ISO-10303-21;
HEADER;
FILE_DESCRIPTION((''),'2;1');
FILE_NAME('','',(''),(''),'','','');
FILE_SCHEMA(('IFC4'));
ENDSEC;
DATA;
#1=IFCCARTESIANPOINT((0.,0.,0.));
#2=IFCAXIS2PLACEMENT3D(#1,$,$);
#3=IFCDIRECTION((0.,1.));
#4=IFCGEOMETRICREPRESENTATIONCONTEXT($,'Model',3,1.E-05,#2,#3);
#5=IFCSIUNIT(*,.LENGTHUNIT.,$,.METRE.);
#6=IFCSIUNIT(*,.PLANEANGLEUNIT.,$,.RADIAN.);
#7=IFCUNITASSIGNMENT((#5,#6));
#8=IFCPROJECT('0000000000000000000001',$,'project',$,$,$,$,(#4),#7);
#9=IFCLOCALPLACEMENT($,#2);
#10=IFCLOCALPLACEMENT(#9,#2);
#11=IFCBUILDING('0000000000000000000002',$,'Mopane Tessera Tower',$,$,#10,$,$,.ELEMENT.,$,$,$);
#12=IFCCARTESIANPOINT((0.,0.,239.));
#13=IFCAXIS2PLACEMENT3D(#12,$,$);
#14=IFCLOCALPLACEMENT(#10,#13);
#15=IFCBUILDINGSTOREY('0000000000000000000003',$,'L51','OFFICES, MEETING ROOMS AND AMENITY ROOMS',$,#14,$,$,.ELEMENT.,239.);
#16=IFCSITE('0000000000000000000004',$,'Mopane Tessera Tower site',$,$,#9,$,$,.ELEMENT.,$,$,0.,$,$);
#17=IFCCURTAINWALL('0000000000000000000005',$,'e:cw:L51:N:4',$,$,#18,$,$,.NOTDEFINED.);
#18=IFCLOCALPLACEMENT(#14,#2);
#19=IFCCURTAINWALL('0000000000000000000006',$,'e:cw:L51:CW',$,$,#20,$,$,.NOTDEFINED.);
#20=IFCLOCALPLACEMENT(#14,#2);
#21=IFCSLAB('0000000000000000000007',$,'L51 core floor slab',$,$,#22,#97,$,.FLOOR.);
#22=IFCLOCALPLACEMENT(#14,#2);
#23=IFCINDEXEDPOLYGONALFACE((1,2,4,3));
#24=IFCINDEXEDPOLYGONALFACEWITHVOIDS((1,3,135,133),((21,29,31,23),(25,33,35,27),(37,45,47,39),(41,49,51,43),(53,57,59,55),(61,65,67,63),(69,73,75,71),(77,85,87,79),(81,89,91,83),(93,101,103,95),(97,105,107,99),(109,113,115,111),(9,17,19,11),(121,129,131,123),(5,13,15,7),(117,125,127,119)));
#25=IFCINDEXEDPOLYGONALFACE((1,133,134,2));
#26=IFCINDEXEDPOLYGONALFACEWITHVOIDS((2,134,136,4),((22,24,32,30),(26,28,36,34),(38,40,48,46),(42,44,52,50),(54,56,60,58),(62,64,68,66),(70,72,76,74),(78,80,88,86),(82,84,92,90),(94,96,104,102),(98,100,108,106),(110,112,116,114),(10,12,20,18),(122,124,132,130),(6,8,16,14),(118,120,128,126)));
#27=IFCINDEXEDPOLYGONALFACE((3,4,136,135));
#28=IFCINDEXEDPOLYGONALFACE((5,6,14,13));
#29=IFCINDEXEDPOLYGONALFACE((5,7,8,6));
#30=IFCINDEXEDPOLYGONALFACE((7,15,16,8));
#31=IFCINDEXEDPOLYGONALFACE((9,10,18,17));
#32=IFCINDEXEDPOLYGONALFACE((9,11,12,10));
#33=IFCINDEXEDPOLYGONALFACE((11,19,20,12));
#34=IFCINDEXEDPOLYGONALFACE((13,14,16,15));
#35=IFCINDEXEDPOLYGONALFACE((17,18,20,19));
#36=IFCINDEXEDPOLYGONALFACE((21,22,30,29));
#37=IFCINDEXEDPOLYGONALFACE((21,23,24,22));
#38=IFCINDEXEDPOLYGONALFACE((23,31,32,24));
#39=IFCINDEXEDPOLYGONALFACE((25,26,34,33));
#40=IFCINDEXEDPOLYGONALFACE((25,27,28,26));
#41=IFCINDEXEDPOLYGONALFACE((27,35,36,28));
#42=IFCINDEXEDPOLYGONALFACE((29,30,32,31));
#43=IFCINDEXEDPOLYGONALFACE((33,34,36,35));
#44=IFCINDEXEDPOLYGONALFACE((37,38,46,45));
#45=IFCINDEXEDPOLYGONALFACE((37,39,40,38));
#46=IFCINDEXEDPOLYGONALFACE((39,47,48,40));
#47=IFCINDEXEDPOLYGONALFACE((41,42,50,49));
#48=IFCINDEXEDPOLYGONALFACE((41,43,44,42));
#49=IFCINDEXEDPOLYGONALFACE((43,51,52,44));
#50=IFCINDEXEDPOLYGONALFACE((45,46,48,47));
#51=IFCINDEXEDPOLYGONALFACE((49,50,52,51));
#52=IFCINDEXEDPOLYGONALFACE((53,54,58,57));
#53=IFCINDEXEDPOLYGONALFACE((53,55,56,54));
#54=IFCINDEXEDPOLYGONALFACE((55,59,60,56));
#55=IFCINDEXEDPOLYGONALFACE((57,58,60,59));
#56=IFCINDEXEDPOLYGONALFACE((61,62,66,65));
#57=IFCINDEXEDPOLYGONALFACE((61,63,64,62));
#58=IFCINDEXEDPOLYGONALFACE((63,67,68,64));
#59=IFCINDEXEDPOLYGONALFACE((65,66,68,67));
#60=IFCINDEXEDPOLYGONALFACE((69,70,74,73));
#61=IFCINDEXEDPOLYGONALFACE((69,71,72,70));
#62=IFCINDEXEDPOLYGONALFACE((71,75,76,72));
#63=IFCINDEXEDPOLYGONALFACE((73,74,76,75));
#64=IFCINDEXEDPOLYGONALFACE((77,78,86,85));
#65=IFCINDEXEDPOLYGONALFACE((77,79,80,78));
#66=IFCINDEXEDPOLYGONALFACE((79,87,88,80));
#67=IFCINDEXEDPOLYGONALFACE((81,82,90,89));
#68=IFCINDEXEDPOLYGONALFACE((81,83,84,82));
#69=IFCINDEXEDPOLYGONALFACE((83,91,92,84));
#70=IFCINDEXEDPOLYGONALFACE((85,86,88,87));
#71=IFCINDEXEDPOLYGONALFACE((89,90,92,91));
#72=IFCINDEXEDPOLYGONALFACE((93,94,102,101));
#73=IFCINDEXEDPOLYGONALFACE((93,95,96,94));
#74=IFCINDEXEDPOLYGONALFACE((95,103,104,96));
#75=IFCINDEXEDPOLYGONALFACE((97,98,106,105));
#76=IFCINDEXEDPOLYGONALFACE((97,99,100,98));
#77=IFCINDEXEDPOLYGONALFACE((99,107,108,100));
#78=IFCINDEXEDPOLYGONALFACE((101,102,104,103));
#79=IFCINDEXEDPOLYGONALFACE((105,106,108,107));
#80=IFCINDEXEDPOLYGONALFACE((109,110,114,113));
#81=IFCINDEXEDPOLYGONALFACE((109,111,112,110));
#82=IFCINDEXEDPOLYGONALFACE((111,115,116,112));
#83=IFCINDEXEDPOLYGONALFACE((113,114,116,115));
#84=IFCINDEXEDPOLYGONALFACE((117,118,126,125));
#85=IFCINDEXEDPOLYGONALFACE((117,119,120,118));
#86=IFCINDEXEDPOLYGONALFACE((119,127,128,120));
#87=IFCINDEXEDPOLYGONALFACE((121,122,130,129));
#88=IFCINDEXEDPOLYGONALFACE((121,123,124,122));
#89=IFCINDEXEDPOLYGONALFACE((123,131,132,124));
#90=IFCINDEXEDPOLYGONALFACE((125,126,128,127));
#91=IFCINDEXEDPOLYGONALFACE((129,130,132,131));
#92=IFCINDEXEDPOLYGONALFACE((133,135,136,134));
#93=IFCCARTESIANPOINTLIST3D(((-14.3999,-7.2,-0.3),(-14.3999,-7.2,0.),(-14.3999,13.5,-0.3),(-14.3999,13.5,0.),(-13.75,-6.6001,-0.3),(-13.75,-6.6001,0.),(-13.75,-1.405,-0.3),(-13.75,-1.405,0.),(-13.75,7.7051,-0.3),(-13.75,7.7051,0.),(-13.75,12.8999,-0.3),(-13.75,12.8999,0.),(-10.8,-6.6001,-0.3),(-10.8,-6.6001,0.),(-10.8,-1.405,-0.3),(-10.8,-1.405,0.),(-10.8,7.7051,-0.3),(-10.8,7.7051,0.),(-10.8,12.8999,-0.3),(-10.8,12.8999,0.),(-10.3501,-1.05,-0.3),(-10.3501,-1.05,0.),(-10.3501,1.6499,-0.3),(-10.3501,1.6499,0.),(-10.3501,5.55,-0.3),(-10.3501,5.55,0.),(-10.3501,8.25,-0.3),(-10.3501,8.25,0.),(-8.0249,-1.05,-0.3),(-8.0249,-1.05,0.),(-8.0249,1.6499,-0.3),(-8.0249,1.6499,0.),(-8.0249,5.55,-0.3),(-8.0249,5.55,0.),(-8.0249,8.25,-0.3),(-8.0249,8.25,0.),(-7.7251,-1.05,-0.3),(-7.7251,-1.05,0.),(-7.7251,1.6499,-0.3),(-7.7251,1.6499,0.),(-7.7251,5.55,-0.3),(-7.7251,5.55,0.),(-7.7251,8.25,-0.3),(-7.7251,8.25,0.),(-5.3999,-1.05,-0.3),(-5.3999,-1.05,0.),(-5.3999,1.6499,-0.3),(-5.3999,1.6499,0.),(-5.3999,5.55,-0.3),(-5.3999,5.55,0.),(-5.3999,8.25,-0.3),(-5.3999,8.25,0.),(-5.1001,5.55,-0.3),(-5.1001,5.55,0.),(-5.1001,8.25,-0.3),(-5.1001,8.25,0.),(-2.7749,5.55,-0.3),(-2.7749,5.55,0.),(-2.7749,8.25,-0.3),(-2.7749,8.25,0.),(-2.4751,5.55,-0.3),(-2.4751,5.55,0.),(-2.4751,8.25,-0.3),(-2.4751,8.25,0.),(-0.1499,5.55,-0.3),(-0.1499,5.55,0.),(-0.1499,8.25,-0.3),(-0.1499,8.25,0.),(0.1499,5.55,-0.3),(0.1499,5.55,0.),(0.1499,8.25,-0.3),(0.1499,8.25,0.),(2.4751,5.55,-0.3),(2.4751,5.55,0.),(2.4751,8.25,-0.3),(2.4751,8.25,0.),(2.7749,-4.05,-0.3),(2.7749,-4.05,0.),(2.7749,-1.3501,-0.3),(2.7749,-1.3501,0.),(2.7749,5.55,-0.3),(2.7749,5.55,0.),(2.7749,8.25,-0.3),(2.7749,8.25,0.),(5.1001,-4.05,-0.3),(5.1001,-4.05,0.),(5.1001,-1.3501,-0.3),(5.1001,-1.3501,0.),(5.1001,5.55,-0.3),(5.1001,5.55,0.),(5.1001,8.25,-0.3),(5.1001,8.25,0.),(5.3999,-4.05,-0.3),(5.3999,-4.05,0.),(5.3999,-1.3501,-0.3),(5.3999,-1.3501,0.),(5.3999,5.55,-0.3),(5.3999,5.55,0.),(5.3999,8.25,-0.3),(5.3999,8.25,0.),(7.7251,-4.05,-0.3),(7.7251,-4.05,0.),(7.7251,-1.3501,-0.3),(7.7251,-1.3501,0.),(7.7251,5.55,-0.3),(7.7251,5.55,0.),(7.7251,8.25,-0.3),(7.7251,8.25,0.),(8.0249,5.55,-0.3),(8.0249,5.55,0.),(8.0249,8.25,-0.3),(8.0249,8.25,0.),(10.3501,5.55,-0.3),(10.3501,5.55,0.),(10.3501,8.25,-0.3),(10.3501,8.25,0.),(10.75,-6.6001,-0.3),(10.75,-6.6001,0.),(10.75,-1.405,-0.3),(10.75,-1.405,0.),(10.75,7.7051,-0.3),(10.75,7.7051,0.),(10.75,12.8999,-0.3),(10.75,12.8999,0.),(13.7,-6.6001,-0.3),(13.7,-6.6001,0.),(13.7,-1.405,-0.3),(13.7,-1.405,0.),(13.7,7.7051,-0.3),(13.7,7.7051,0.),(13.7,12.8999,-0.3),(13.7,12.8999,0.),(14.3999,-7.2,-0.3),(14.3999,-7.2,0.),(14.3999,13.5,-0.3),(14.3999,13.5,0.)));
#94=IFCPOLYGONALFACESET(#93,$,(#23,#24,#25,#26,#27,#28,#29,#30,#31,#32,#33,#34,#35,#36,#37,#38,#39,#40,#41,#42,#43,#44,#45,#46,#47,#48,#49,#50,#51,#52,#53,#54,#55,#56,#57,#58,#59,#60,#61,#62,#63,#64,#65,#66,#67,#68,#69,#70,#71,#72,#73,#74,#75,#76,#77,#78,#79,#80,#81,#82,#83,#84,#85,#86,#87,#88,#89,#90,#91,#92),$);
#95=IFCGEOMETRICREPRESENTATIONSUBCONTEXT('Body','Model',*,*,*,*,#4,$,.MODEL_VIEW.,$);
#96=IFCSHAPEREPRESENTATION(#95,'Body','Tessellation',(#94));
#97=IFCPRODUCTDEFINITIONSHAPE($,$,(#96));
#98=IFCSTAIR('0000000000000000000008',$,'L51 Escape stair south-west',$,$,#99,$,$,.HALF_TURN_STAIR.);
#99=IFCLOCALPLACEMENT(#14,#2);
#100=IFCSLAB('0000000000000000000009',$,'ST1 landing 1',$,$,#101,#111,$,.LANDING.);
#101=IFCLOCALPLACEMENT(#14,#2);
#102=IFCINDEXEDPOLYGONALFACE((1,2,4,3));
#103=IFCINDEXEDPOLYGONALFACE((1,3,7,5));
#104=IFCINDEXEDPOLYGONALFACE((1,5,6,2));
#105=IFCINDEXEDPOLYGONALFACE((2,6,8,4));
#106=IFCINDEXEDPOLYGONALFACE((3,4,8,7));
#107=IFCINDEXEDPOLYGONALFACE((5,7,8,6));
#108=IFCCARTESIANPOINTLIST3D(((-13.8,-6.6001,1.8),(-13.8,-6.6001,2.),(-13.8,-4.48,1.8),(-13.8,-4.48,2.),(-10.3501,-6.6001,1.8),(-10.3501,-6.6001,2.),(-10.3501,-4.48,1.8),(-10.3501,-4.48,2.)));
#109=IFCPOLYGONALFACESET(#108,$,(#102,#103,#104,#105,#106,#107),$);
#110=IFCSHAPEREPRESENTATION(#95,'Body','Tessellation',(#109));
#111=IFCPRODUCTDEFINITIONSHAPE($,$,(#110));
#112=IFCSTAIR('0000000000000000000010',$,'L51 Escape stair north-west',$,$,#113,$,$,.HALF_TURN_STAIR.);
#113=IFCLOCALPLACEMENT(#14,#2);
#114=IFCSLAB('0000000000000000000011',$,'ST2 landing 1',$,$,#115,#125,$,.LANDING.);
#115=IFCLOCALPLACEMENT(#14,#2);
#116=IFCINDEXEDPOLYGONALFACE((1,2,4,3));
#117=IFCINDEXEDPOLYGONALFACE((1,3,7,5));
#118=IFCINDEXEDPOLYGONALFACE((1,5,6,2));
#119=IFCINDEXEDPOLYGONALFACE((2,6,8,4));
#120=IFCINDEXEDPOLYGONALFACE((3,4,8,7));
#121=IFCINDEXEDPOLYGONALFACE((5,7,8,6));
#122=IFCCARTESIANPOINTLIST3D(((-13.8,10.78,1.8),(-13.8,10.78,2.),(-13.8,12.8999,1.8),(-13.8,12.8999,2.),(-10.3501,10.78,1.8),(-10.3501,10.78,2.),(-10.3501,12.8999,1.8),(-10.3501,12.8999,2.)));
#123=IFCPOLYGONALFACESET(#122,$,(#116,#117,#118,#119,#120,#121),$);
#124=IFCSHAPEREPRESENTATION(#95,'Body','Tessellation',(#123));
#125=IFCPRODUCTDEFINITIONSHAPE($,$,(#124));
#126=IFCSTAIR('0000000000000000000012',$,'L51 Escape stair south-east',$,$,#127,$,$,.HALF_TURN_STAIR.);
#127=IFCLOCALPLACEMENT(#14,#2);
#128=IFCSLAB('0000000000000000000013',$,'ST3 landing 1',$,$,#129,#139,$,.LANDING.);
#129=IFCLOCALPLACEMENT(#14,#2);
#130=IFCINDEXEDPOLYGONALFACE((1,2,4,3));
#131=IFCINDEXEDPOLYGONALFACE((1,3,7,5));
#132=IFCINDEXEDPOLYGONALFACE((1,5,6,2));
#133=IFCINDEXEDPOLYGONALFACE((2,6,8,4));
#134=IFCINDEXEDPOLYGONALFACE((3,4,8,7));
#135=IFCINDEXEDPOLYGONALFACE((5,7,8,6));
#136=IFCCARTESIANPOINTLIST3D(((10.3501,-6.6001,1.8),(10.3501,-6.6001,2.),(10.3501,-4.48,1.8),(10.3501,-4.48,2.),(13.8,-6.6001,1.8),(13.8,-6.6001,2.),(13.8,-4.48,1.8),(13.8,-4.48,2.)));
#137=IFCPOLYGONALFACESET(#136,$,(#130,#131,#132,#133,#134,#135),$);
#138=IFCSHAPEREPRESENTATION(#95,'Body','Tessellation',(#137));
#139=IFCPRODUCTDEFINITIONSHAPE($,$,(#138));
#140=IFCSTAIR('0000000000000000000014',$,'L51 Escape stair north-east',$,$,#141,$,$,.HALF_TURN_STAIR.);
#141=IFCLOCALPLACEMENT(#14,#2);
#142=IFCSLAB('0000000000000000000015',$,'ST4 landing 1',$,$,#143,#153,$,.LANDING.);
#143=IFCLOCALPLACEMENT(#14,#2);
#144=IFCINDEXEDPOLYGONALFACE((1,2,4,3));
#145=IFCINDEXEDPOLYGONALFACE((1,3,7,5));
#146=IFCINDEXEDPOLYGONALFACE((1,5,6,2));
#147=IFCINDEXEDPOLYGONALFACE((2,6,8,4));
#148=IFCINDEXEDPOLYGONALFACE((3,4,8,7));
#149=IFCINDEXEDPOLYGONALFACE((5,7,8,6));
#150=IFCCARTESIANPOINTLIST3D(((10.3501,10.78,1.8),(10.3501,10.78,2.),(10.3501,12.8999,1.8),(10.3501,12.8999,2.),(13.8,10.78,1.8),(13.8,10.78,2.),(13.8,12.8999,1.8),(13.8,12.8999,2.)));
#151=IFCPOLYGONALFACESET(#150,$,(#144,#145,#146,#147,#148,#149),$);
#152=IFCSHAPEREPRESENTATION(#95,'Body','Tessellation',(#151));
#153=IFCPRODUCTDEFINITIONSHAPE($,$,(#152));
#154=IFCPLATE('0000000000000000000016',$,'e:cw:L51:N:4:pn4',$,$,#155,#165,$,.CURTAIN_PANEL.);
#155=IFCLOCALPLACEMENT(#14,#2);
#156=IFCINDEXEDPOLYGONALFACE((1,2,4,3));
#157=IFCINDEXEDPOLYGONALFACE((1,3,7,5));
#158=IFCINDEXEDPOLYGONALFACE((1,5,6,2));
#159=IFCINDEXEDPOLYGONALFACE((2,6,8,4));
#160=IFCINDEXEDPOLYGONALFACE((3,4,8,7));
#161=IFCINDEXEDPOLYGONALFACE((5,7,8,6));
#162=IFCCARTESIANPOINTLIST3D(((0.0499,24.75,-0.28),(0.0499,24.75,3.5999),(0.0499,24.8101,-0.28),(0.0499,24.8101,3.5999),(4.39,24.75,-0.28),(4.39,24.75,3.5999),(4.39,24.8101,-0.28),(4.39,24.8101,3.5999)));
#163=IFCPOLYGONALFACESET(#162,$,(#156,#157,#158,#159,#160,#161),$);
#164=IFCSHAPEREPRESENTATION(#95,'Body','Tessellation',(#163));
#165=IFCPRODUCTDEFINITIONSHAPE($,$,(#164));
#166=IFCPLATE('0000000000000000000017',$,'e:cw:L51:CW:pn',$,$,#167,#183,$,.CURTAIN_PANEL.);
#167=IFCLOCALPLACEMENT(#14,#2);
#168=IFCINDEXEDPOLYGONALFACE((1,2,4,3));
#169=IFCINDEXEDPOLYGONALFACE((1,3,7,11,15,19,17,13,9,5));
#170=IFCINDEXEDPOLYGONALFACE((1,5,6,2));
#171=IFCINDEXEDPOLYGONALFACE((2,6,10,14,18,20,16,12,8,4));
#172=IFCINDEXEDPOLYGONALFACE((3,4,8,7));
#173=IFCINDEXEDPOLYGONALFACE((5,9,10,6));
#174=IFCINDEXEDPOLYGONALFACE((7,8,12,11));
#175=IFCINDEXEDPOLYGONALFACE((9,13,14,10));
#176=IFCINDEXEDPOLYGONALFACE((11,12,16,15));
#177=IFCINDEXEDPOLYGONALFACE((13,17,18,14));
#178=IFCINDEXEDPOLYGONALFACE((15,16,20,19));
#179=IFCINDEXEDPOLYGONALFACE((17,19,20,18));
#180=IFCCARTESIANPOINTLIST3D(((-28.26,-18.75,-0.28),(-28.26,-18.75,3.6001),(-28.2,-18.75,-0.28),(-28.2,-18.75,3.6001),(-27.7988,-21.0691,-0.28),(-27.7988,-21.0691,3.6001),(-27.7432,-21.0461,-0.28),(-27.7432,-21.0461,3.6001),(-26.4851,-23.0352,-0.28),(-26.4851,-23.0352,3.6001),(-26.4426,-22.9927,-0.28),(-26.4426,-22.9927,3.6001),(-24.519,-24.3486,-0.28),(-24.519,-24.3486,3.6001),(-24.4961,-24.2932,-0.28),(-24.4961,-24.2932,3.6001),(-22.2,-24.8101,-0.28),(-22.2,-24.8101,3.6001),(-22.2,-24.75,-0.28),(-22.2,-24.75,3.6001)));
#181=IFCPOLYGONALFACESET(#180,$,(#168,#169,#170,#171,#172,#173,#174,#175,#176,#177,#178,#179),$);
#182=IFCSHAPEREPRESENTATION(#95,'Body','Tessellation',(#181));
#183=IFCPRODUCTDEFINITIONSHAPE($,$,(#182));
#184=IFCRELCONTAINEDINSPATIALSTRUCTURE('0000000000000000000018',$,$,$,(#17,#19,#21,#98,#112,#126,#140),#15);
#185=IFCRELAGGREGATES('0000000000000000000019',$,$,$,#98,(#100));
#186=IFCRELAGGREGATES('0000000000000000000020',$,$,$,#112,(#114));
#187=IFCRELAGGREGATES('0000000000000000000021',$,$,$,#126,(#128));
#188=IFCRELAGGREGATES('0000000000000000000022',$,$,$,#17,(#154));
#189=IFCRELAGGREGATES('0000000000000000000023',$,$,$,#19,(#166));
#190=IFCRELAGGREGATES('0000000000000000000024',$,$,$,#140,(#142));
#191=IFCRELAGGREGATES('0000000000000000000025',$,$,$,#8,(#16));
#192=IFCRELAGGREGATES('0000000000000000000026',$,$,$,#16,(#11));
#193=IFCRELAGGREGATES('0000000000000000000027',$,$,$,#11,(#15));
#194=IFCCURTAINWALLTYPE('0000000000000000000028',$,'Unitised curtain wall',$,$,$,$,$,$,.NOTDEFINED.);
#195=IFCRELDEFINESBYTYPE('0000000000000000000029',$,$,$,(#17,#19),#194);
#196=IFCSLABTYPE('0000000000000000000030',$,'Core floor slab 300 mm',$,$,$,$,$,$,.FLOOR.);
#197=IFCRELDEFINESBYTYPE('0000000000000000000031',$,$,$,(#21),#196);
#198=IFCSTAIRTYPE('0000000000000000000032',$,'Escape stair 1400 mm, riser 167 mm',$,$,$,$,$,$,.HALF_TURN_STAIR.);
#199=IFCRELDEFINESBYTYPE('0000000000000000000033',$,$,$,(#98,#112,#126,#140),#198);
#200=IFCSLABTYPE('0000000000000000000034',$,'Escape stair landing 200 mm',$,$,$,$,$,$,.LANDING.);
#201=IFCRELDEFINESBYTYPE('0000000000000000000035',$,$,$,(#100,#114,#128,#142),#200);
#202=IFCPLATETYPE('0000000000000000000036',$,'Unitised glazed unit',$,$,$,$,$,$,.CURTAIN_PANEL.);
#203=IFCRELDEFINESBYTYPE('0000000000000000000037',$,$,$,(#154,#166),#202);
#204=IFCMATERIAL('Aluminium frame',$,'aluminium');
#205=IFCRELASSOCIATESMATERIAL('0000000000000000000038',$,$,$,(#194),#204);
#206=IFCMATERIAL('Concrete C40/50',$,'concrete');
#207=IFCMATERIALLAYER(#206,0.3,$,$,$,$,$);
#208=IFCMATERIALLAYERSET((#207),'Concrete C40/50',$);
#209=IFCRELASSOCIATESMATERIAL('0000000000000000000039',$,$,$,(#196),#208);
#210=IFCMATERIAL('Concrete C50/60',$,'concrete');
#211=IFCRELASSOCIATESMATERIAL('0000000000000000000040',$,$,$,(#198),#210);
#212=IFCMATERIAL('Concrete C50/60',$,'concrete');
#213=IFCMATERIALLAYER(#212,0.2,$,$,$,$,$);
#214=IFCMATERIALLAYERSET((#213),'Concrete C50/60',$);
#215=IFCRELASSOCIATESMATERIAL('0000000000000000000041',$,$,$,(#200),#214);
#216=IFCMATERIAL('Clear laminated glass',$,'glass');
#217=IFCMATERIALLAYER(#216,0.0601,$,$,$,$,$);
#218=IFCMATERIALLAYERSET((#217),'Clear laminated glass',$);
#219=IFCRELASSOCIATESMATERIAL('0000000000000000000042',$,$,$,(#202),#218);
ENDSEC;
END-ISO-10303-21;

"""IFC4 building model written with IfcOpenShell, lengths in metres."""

from ifc_helpers import new_model, si_unit, direction, frame, origin, origin_2d, place, context, subcontext, project, spatial, polyline, rectangle, outline, extrude, material, layer, layer_set, type_object, element, aggregate, save


model = new_model("IFC4")

# Units and contexts
model_context = context("Model", 3, precision=1e-05, world=origin(), true_north=direction((0.0, 1.0)))
body_context = subcontext(model_context, "Body", "Model", "MODEL_VIEW")
ifc_project = project(units=[si_unit("LENGTHUNIT", "METRE"), si_unit("PLANEANGLEUNIT", "RADIAN")], contexts=[model_context])

# Site, building, storey
site_placement = place(None, origin())
site = spatial("IfcSite", under=ifc_project, at=site_placement, Name="Mopane Tessera Tower site", CompositionType="ELEMENT", RefElevation=0.0)
building_placement = place(site_placement, origin())
building = spatial("IfcBuilding", under=site, at=building_placement, Name="Mopane Tessera Tower", CompositionType="ELEMENT")
storey_placement = place(building_placement, frame((0.0, 0.0, 239.0)))
storey = spatial("IfcBuildingStorey", under=building, at=storey_placement, Name="L51", Description="OFFICES, MEETING ROOMS AND AMENITY ROOMS", CompositionType="ELEMENT", Elevation=239.0)

# Curtain wall
ifc_material_1 = material(Name="Aluminium frame", Category="aluminium")
curtain_wall_type = type_object("IfcCurtainWallType", Name="Unitised curtain wall", PredefinedType="NOTDEFINED", material=ifc_material_1)
curtain_wall_1_placement = place(storey_placement, origin())
curtain_wall_1 = element("IfcCurtainWall", 1, at=curtain_wall_1_placement, inside=storey, type_object=curtain_wall_type, Name="e:cw:L51:N:4", PredefinedType="NOTDEFINED")

# Curtain wall
curtain_wall_2_placement = place(storey_placement, origin())
curtain_wall_2 = element("IfcCurtainWall", 2, at=curtain_wall_2_placement, inside=storey, type_object=curtain_wall_type, Name="e:cw:L51:CW", PredefinedType="NOTDEFINED")

# Slab
ifc_material_2 = material(Name="Concrete C40/50", Category="concrete")
ifc_layer_1 = layer(ifc_material_2, 0.3)
ifc_layer_set_1 = layer_set([ifc_layer_1], Name="Concrete C40/50")
slab_type_1 = type_object("IfcSlabType", Name="Core floor slab 300 mm", PredefinedType="FLOOR", material=ifc_layer_set_1)
slab_1_placement = place(storey_placement, frame((0.0, 0.0, -0.3)))
element("IfcSlab", 3, at=slab_1_placement, inside=storey, type_object=slab_type_1, Name="L51 core floor slab", PredefinedType="FLOOR", context=body_context, shape_type="SweptSolid", body=[
    extrude(outline(polyline([(-14.3999, -7.2), (14.3999, -7.2), (14.3999, 13.5), (-14.3999, 13.5), (-14.3999, -7.2)]), holes=[polyline([(-10.3501, -1.05), (-8.0249, -1.05), (-8.0249, 1.6499), (-10.3501, 1.6499), (-10.3501, -1.05)]), polyline([(-7.7251, -1.05), (-5.3999, -1.05), (-5.3999, 1.6499), (-7.7251, 1.6499), (-7.7251, -1.05)]), polyline([(-10.3501, 5.55), (-8.0249, 5.55), (-8.0249, 8.25), (-10.3501, 8.25), (-10.3501, 5.55)]), polyline([(-7.7251, 5.55), (-5.3999, 5.55), (-5.3999, 8.25), (-7.7251, 8.25), (-7.7251, 5.55)]), polyline([(-5.1001, 5.55), (-2.7749, 5.55), (-2.7749, 8.25), (-5.1001, 8.25), (-5.1001, 5.55)]), polyline([(-2.4751, 5.55), (-0.1499, 5.55), (-0.1499, 8.25), (-2.4751, 8.25), (-2.4751, 5.55)]), polyline([(0.1499, 5.55), (2.4751, 5.55), (2.4751, 8.25), (0.1499, 8.25), (0.1499, 5.55)]), polyline([(2.7749, 5.55), (5.1001, 5.55), (5.1001, 8.25), (2.7749, 8.25), (2.7749, 5.55)]), polyline([(5.3999, 5.55), (7.7251, 5.55), (7.7251, 8.25), (5.3999, 8.25), (5.3999, 5.55)]), polyline([(8.0249, 5.55), (10.3501, 5.55), (10.3501, 8.25), (8.0249, 8.25), (8.0249, 5.55)]), polyline([(2.7749, -4.05), (5.1001, -4.05), (5.1001, -1.3501), (2.7749, -1.3501), (2.7749, -4.05)]), polyline([(5.3999, -4.05), (7.7251, -4.05), (7.7251, -1.3501), (5.3999, -1.3501), (5.3999, -4.05)]), polyline([(-13.75, -1.405), (-13.75, -6.6001), (-10.8, -6.6001), (-10.8, -1.405), (-13.75, -1.405)]), polyline([(-10.8, 7.7051), (-10.8, 12.8999), (-13.75, 12.8999), (-13.75, 7.7051), (-10.8, 7.7051)]), polyline([(10.75, -1.405), (10.75, -6.6001), (13.7, -6.6001), (13.7, -1.405), (10.75, -1.405)]), polyline([(13.7, 7.7051), (13.7, 12.8999), (10.75, 12.8999), (10.75, 7.7051), (13.7, 7.7051)])]), origin(), (0.0, 0.0, 1.0), 0.3),
])

# Stairs, slabs
ifc_material_3 = material(Name="Concrete C50/60", Category="concrete")
stair_type = type_object("IfcStairType", Name="Escape stair 1400 mm, riser 167 mm", PredefinedType="HALF_TURN_STAIR", material=ifc_material_3)
stair_1_placement = place(storey_placement, origin())
stair_1 = element("IfcStair", 4, at=stair_1_placement, inside=storey, type_object=stair_type, Name="L51 Escape stair south-west", PredefinedType="HALF_TURN_STAIR")
ifc_material_4 = material(Name="Concrete C50/60", Category="concrete")
ifc_layer_2 = layer(ifc_material_4, 0.2)
ifc_layer_set_2 = layer_set([ifc_layer_2], Name="Concrete C50/60")
slab_type_2 = type_object("IfcSlabType", Name="Escape stair landing 200 mm", PredefinedType="LANDING", material=ifc_layer_set_2)
slab_2_placement = place(storey_placement, frame((0.0, 0.0, 1.8)))
slab_2 = element("IfcSlab", 5, at=slab_2_placement, type_object=slab_type_2, Name="ST1 landing 1", PredefinedType="LANDING", context=body_context, shape_type="SweptSolid", body=[
    extrude(outline(polyline([(-13.8, -4.48), (-13.8, -6.6001), (-10.3501, -6.6001), (-10.3501, -4.48), (-13.8, -4.48)])), origin(), (0.0, 0.0, 1.0), 0.2),
])
aggregate(stair_1, [slab_2])
stair_2_placement = place(storey_placement, origin())
stair_2 = element("IfcStair", 6, at=stair_2_placement, inside=storey, type_object=stair_type, Name="L51 Escape stair north-west", PredefinedType="HALF_TURN_STAIR")
slab_3_placement = place(storey_placement, frame((0.0, 0.0, 1.8)))
slab_3 = element("IfcSlab", 7, at=slab_3_placement, type_object=slab_type_2, Name="ST2 landing 1", PredefinedType="LANDING", context=body_context, shape_type="SweptSolid", body=[
    extrude(outline(polyline([(-10.3501, 10.78), (-10.3501, 12.8999), (-13.8, 12.8999), (-13.8, 10.78), (-10.3501, 10.78)])), origin(), (0.0, 0.0, 1.0), 0.2),
])
aggregate(stair_2, [slab_3])
stair_3_placement = place(storey_placement, origin())
stair_3 = element("IfcStair", 8, at=stair_3_placement, inside=storey, type_object=stair_type, Name="L51 Escape stair south-east", PredefinedType="HALF_TURN_STAIR")
slab_4_placement = place(storey_placement, frame((0.0, 0.0, 1.8)))
slab_4 = element("IfcSlab", 9, at=slab_4_placement, type_object=slab_type_2, Name="ST3 landing 1", PredefinedType="LANDING", context=body_context, shape_type="SweptSolid", body=[
    extrude(outline(polyline([(10.3501, -4.48), (10.3501, -6.6001), (13.8, -6.6001), (13.8, -4.48), (10.3501, -4.48)])), origin(), (0.0, 0.0, 1.0), 0.2),
])
aggregate(stair_3, [slab_4])
stair_4_placement = place(storey_placement, origin())
stair_4 = element("IfcStair", 10, at=stair_4_placement, inside=storey, type_object=stair_type, Name="L51 Escape stair north-east", PredefinedType="HALF_TURN_STAIR")
slab_5_placement = place(storey_placement, frame((0.0, 0.0, 1.8)))
slab_5 = element("IfcSlab", 11, at=slab_5_placement, type_object=slab_type_2, Name="ST4 landing 1", PredefinedType="LANDING", context=body_context, shape_type="SweptSolid", body=[
    extrude(outline(polyline([(13.8, 10.78), (13.8, 12.8999), (10.3501, 12.8999), (10.3501, 10.78), (13.8, 10.78)])), origin(), (0.0, 0.0, 1.0), 0.2),
])

# Plates
ifc_material_5 = material(Name="Clear laminated glass", Category="glass")
ifc_layer_3 = layer(ifc_material_5, 0.0601)
ifc_layer_set_3 = layer_set([ifc_layer_3], Name="Clear laminated glass")
plate_type = type_object("IfcPlateType", Name="Unitised glazed unit", PredefinedType="CURTAIN_PANEL", material=ifc_layer_set_3)
plate_1_placement = place(storey_placement, frame((2.22, 24.78, -0.28), z_axis=(0.0, 0.0, 1.0), x_axis=(-1.0, 0.0, 0.0)))
plate_1 = element("IfcPlate", 12, at=plate_1_placement, type_object=plate_type, Name="e:cw:L51:N:4:pn4", PredefinedType="CURTAIN_PANEL", context=body_context, shape_type="SweptSolid", body=[
    extrude(rectangle(XDim=4.3401, YDim=0.0601, at=origin_2d()), origin(), (0.0, 0.0, 1.0), 3.8799),
])
aggregate(curtain_wall_1, [plate_1])
plate_2_placement = place(storey_placement, frame((0.0, 0.0, -0.28)))
plate_2 = element("IfcPlate", 13, at=plate_2_placement, type_object=plate_type, Name="e:cw:L51:CW:pn", PredefinedType="CURTAIN_PANEL", context=body_context, shape_type="SweptSolid", body=[
    extrude(outline(polyline([(-28.2, -18.75), (-27.7432, -21.0461), (-26.4426, -22.9927), (-24.4961, -24.2932), (-22.2, -24.75), (-22.2, -24.8101), (-24.519, -24.3486), (-26.4851, -23.0352), (-27.7988, -21.0691), (-28.26, -18.75), (-28.2, -18.75)])), origin(), (0.0, 0.0, 1.0), 3.8801),
])
aggregate(curtain_wall_2, [plate_2])

aggregate(stair_4, [slab_5])

save(model, "model.ifc")
